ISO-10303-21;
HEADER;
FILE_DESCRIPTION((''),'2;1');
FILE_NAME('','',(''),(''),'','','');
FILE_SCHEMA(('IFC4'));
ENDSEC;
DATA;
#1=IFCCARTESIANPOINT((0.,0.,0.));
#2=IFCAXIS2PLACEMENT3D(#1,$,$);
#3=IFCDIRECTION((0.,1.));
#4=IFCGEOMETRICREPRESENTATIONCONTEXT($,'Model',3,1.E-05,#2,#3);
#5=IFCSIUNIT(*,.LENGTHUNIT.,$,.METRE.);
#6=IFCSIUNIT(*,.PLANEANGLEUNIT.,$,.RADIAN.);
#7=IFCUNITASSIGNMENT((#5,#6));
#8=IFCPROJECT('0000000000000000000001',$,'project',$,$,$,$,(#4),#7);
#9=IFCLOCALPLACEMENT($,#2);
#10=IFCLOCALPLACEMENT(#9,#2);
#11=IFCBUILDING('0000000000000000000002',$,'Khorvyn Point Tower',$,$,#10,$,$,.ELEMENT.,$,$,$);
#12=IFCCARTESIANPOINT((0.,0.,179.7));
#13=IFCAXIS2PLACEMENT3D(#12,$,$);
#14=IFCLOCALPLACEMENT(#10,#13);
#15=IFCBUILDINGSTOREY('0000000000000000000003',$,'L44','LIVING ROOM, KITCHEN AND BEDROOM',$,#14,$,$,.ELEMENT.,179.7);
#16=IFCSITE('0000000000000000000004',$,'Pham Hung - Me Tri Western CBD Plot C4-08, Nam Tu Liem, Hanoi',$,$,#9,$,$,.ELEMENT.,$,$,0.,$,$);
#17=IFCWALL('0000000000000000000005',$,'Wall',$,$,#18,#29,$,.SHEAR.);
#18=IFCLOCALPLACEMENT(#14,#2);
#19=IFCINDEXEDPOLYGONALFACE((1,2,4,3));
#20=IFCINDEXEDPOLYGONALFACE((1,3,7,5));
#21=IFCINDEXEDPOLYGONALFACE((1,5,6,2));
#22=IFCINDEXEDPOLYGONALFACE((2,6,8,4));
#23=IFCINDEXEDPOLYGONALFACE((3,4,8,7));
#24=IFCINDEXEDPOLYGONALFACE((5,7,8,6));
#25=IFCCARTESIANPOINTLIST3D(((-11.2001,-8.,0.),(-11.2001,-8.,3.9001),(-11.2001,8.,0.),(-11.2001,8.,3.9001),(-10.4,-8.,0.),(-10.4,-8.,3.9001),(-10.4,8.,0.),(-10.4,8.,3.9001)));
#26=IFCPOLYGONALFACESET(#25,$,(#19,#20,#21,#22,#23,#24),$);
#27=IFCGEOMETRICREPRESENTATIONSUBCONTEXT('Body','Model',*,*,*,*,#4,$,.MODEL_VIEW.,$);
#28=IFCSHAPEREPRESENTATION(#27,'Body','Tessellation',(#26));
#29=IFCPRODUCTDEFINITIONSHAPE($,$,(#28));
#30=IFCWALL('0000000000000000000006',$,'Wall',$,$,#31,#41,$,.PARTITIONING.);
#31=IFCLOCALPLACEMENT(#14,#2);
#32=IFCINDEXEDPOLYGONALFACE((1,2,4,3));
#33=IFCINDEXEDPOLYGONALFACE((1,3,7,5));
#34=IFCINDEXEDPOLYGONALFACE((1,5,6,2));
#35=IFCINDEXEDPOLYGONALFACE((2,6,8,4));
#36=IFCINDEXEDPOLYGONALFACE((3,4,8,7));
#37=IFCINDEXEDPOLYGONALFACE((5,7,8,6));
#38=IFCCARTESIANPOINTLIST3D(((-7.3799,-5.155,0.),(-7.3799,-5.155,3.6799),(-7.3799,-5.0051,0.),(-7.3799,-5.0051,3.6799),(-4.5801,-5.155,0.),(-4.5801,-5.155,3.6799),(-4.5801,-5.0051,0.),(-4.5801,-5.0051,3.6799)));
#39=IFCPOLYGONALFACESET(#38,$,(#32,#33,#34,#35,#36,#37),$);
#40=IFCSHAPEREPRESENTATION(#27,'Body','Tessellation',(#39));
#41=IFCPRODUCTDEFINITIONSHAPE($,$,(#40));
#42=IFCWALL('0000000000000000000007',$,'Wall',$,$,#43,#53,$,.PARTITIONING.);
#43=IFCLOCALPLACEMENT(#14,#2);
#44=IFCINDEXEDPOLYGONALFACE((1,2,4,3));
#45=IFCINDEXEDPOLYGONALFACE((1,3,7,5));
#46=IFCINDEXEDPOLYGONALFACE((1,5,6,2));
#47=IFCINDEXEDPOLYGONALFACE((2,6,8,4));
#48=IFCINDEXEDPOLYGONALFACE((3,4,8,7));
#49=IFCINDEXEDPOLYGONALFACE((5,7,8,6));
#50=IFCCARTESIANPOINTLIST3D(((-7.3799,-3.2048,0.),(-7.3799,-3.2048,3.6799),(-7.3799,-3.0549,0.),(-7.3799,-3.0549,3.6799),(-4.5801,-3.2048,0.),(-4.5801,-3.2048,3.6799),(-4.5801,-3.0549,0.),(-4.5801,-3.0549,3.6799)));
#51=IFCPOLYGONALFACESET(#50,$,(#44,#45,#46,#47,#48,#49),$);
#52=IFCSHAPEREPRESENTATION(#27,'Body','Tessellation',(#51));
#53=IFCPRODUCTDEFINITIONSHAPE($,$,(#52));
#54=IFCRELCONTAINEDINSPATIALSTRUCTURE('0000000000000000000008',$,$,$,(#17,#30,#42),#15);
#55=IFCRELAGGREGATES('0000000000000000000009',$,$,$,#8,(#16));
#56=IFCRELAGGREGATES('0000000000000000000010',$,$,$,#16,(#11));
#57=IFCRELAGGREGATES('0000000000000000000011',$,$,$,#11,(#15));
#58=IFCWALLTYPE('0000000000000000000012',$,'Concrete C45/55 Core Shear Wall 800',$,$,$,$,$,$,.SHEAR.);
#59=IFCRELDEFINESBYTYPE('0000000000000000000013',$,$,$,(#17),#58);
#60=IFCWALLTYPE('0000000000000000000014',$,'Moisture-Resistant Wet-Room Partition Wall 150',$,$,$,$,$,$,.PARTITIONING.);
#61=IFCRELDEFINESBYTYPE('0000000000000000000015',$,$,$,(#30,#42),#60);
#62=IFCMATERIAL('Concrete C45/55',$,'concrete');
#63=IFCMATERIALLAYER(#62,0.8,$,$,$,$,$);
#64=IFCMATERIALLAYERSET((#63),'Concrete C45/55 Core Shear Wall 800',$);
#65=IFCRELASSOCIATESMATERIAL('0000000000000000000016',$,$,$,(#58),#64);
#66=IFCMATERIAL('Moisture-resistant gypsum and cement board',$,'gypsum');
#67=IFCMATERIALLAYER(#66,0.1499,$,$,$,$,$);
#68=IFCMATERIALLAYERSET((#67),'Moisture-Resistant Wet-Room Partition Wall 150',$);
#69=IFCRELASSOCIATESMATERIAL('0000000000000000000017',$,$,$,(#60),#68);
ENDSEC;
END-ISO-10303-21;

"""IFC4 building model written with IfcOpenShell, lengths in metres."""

from ifc_helpers import new_model, si_unit, direction, frame, frame_2d, origin, place, context, subcontext, project, spatial, rectangle, extrude, material, layer, layer_set, type_object, element, save


model = new_model("IFC4")

# Units and contexts
model_context = context("Model", 3, precision=1e-05, world=origin(), true_north=direction((0.0, 1.0)))
body_context = subcontext(model_context, "Body", "Model", "MODEL_VIEW")
ifc_project = project(units=[si_unit("LENGTHUNIT", "METRE"), si_unit("PLANEANGLEUNIT", "RADIAN")], contexts=[model_context])

# Site, building, storey
site_placement = place(None, origin())
site = spatial("IfcSite", under=ifc_project, at=site_placement, Name="Pham Hung - Me Tri Western CBD Plot C4-08, Nam Tu Liem, Hanoi", CompositionType="ELEMENT", RefElevation=0.0)
building_placement = place(site_placement, origin())
building = spatial("IfcBuilding", under=site, at=building_placement, Name="Khorvyn Point Tower", CompositionType="ELEMENT")
storey_placement = place(building_placement, frame((0.0, 0.0, 179.7)))
storey = spatial("IfcBuildingStorey", under=building, at=storey_placement, Name="L44", Description="LIVING ROOM, KITCHEN AND BEDROOM", CompositionType="ELEMENT", Elevation=179.7)

# Shared definitions
ifc_material_1 = material(Name="Concrete C45/55", Category="concrete")

# Walls
ifc_layer_1 = layer(ifc_material_1, 0.8)
ifc_layer_set_1 = layer_set([ifc_layer_1], Name="Concrete C45/55 Core Shear Wall 800")
wall_type_1 = type_object("IfcWallType", Name="Concrete C45/55 Core Shear Wall 800", PredefinedType="SHEAR", material=ifc_layer_set_1)
wall_1_placement = place(storey_placement, frame((-10.8, -8.0, 0.0), z_axis=(0.0, 0.0, 1.0), x_axis=(0.0, 1.0, 0.0)))
element("IfcWall", 1, at=wall_1_placement, inside=storey, type_object=wall_type_1, Name="Wall", PredefinedType="SHEAR", context=body_context, shape_type="SweptSolid", body=[
    extrude(rectangle(XDim=16.0, YDim=0.8, at=frame_2d((8.0, 0.0))), origin(), (0.0, 0.0, 1.0), 3.9001),
])
ifc_material_2 = material(Name="Moisture-resistant gypsum and cement board", Category="gypsum")
ifc_layer_2 = layer(ifc_material_2, 0.1499)
ifc_layer_set_2 = layer_set([ifc_layer_2], Name="Moisture-Resistant Wet-Room Partition Wall 150")
wall_type_2 = type_object("IfcWallType", Name="Moisture-Resistant Wet-Room Partition Wall 150", PredefinedType="PARTITIONING", material=ifc_layer_set_2)
for number, where, z_axis, x_axis, name in (
    (2, (-7.3799, -5.0801, 0.0), (0.0, 0.0, 1.0), (1.0, 0.0, 0.0), "Wall"),
    (3, (-7.3799, -3.1299, 0.0), (0.0, 0.0, 1.0), (1.0, 0.0, 0.0), "Wall"),
):
    element("IfcWall", number, at=place(storey_placement, frame(where, z_axis=z_axis, x_axis=x_axis)), inside=storey, type_object=wall_type_2, Name=name, PredefinedType="PARTITIONING", context=body_context, shape_type="SweptSolid", body=[
        extrude(rectangle(XDim=2.7998, YDim=0.1499, at=frame_2d((1.3999, 0.0))), origin(), (0.0, 0.0, 1.0), 3.6799),
    ])

save(model, "model.ifc")
